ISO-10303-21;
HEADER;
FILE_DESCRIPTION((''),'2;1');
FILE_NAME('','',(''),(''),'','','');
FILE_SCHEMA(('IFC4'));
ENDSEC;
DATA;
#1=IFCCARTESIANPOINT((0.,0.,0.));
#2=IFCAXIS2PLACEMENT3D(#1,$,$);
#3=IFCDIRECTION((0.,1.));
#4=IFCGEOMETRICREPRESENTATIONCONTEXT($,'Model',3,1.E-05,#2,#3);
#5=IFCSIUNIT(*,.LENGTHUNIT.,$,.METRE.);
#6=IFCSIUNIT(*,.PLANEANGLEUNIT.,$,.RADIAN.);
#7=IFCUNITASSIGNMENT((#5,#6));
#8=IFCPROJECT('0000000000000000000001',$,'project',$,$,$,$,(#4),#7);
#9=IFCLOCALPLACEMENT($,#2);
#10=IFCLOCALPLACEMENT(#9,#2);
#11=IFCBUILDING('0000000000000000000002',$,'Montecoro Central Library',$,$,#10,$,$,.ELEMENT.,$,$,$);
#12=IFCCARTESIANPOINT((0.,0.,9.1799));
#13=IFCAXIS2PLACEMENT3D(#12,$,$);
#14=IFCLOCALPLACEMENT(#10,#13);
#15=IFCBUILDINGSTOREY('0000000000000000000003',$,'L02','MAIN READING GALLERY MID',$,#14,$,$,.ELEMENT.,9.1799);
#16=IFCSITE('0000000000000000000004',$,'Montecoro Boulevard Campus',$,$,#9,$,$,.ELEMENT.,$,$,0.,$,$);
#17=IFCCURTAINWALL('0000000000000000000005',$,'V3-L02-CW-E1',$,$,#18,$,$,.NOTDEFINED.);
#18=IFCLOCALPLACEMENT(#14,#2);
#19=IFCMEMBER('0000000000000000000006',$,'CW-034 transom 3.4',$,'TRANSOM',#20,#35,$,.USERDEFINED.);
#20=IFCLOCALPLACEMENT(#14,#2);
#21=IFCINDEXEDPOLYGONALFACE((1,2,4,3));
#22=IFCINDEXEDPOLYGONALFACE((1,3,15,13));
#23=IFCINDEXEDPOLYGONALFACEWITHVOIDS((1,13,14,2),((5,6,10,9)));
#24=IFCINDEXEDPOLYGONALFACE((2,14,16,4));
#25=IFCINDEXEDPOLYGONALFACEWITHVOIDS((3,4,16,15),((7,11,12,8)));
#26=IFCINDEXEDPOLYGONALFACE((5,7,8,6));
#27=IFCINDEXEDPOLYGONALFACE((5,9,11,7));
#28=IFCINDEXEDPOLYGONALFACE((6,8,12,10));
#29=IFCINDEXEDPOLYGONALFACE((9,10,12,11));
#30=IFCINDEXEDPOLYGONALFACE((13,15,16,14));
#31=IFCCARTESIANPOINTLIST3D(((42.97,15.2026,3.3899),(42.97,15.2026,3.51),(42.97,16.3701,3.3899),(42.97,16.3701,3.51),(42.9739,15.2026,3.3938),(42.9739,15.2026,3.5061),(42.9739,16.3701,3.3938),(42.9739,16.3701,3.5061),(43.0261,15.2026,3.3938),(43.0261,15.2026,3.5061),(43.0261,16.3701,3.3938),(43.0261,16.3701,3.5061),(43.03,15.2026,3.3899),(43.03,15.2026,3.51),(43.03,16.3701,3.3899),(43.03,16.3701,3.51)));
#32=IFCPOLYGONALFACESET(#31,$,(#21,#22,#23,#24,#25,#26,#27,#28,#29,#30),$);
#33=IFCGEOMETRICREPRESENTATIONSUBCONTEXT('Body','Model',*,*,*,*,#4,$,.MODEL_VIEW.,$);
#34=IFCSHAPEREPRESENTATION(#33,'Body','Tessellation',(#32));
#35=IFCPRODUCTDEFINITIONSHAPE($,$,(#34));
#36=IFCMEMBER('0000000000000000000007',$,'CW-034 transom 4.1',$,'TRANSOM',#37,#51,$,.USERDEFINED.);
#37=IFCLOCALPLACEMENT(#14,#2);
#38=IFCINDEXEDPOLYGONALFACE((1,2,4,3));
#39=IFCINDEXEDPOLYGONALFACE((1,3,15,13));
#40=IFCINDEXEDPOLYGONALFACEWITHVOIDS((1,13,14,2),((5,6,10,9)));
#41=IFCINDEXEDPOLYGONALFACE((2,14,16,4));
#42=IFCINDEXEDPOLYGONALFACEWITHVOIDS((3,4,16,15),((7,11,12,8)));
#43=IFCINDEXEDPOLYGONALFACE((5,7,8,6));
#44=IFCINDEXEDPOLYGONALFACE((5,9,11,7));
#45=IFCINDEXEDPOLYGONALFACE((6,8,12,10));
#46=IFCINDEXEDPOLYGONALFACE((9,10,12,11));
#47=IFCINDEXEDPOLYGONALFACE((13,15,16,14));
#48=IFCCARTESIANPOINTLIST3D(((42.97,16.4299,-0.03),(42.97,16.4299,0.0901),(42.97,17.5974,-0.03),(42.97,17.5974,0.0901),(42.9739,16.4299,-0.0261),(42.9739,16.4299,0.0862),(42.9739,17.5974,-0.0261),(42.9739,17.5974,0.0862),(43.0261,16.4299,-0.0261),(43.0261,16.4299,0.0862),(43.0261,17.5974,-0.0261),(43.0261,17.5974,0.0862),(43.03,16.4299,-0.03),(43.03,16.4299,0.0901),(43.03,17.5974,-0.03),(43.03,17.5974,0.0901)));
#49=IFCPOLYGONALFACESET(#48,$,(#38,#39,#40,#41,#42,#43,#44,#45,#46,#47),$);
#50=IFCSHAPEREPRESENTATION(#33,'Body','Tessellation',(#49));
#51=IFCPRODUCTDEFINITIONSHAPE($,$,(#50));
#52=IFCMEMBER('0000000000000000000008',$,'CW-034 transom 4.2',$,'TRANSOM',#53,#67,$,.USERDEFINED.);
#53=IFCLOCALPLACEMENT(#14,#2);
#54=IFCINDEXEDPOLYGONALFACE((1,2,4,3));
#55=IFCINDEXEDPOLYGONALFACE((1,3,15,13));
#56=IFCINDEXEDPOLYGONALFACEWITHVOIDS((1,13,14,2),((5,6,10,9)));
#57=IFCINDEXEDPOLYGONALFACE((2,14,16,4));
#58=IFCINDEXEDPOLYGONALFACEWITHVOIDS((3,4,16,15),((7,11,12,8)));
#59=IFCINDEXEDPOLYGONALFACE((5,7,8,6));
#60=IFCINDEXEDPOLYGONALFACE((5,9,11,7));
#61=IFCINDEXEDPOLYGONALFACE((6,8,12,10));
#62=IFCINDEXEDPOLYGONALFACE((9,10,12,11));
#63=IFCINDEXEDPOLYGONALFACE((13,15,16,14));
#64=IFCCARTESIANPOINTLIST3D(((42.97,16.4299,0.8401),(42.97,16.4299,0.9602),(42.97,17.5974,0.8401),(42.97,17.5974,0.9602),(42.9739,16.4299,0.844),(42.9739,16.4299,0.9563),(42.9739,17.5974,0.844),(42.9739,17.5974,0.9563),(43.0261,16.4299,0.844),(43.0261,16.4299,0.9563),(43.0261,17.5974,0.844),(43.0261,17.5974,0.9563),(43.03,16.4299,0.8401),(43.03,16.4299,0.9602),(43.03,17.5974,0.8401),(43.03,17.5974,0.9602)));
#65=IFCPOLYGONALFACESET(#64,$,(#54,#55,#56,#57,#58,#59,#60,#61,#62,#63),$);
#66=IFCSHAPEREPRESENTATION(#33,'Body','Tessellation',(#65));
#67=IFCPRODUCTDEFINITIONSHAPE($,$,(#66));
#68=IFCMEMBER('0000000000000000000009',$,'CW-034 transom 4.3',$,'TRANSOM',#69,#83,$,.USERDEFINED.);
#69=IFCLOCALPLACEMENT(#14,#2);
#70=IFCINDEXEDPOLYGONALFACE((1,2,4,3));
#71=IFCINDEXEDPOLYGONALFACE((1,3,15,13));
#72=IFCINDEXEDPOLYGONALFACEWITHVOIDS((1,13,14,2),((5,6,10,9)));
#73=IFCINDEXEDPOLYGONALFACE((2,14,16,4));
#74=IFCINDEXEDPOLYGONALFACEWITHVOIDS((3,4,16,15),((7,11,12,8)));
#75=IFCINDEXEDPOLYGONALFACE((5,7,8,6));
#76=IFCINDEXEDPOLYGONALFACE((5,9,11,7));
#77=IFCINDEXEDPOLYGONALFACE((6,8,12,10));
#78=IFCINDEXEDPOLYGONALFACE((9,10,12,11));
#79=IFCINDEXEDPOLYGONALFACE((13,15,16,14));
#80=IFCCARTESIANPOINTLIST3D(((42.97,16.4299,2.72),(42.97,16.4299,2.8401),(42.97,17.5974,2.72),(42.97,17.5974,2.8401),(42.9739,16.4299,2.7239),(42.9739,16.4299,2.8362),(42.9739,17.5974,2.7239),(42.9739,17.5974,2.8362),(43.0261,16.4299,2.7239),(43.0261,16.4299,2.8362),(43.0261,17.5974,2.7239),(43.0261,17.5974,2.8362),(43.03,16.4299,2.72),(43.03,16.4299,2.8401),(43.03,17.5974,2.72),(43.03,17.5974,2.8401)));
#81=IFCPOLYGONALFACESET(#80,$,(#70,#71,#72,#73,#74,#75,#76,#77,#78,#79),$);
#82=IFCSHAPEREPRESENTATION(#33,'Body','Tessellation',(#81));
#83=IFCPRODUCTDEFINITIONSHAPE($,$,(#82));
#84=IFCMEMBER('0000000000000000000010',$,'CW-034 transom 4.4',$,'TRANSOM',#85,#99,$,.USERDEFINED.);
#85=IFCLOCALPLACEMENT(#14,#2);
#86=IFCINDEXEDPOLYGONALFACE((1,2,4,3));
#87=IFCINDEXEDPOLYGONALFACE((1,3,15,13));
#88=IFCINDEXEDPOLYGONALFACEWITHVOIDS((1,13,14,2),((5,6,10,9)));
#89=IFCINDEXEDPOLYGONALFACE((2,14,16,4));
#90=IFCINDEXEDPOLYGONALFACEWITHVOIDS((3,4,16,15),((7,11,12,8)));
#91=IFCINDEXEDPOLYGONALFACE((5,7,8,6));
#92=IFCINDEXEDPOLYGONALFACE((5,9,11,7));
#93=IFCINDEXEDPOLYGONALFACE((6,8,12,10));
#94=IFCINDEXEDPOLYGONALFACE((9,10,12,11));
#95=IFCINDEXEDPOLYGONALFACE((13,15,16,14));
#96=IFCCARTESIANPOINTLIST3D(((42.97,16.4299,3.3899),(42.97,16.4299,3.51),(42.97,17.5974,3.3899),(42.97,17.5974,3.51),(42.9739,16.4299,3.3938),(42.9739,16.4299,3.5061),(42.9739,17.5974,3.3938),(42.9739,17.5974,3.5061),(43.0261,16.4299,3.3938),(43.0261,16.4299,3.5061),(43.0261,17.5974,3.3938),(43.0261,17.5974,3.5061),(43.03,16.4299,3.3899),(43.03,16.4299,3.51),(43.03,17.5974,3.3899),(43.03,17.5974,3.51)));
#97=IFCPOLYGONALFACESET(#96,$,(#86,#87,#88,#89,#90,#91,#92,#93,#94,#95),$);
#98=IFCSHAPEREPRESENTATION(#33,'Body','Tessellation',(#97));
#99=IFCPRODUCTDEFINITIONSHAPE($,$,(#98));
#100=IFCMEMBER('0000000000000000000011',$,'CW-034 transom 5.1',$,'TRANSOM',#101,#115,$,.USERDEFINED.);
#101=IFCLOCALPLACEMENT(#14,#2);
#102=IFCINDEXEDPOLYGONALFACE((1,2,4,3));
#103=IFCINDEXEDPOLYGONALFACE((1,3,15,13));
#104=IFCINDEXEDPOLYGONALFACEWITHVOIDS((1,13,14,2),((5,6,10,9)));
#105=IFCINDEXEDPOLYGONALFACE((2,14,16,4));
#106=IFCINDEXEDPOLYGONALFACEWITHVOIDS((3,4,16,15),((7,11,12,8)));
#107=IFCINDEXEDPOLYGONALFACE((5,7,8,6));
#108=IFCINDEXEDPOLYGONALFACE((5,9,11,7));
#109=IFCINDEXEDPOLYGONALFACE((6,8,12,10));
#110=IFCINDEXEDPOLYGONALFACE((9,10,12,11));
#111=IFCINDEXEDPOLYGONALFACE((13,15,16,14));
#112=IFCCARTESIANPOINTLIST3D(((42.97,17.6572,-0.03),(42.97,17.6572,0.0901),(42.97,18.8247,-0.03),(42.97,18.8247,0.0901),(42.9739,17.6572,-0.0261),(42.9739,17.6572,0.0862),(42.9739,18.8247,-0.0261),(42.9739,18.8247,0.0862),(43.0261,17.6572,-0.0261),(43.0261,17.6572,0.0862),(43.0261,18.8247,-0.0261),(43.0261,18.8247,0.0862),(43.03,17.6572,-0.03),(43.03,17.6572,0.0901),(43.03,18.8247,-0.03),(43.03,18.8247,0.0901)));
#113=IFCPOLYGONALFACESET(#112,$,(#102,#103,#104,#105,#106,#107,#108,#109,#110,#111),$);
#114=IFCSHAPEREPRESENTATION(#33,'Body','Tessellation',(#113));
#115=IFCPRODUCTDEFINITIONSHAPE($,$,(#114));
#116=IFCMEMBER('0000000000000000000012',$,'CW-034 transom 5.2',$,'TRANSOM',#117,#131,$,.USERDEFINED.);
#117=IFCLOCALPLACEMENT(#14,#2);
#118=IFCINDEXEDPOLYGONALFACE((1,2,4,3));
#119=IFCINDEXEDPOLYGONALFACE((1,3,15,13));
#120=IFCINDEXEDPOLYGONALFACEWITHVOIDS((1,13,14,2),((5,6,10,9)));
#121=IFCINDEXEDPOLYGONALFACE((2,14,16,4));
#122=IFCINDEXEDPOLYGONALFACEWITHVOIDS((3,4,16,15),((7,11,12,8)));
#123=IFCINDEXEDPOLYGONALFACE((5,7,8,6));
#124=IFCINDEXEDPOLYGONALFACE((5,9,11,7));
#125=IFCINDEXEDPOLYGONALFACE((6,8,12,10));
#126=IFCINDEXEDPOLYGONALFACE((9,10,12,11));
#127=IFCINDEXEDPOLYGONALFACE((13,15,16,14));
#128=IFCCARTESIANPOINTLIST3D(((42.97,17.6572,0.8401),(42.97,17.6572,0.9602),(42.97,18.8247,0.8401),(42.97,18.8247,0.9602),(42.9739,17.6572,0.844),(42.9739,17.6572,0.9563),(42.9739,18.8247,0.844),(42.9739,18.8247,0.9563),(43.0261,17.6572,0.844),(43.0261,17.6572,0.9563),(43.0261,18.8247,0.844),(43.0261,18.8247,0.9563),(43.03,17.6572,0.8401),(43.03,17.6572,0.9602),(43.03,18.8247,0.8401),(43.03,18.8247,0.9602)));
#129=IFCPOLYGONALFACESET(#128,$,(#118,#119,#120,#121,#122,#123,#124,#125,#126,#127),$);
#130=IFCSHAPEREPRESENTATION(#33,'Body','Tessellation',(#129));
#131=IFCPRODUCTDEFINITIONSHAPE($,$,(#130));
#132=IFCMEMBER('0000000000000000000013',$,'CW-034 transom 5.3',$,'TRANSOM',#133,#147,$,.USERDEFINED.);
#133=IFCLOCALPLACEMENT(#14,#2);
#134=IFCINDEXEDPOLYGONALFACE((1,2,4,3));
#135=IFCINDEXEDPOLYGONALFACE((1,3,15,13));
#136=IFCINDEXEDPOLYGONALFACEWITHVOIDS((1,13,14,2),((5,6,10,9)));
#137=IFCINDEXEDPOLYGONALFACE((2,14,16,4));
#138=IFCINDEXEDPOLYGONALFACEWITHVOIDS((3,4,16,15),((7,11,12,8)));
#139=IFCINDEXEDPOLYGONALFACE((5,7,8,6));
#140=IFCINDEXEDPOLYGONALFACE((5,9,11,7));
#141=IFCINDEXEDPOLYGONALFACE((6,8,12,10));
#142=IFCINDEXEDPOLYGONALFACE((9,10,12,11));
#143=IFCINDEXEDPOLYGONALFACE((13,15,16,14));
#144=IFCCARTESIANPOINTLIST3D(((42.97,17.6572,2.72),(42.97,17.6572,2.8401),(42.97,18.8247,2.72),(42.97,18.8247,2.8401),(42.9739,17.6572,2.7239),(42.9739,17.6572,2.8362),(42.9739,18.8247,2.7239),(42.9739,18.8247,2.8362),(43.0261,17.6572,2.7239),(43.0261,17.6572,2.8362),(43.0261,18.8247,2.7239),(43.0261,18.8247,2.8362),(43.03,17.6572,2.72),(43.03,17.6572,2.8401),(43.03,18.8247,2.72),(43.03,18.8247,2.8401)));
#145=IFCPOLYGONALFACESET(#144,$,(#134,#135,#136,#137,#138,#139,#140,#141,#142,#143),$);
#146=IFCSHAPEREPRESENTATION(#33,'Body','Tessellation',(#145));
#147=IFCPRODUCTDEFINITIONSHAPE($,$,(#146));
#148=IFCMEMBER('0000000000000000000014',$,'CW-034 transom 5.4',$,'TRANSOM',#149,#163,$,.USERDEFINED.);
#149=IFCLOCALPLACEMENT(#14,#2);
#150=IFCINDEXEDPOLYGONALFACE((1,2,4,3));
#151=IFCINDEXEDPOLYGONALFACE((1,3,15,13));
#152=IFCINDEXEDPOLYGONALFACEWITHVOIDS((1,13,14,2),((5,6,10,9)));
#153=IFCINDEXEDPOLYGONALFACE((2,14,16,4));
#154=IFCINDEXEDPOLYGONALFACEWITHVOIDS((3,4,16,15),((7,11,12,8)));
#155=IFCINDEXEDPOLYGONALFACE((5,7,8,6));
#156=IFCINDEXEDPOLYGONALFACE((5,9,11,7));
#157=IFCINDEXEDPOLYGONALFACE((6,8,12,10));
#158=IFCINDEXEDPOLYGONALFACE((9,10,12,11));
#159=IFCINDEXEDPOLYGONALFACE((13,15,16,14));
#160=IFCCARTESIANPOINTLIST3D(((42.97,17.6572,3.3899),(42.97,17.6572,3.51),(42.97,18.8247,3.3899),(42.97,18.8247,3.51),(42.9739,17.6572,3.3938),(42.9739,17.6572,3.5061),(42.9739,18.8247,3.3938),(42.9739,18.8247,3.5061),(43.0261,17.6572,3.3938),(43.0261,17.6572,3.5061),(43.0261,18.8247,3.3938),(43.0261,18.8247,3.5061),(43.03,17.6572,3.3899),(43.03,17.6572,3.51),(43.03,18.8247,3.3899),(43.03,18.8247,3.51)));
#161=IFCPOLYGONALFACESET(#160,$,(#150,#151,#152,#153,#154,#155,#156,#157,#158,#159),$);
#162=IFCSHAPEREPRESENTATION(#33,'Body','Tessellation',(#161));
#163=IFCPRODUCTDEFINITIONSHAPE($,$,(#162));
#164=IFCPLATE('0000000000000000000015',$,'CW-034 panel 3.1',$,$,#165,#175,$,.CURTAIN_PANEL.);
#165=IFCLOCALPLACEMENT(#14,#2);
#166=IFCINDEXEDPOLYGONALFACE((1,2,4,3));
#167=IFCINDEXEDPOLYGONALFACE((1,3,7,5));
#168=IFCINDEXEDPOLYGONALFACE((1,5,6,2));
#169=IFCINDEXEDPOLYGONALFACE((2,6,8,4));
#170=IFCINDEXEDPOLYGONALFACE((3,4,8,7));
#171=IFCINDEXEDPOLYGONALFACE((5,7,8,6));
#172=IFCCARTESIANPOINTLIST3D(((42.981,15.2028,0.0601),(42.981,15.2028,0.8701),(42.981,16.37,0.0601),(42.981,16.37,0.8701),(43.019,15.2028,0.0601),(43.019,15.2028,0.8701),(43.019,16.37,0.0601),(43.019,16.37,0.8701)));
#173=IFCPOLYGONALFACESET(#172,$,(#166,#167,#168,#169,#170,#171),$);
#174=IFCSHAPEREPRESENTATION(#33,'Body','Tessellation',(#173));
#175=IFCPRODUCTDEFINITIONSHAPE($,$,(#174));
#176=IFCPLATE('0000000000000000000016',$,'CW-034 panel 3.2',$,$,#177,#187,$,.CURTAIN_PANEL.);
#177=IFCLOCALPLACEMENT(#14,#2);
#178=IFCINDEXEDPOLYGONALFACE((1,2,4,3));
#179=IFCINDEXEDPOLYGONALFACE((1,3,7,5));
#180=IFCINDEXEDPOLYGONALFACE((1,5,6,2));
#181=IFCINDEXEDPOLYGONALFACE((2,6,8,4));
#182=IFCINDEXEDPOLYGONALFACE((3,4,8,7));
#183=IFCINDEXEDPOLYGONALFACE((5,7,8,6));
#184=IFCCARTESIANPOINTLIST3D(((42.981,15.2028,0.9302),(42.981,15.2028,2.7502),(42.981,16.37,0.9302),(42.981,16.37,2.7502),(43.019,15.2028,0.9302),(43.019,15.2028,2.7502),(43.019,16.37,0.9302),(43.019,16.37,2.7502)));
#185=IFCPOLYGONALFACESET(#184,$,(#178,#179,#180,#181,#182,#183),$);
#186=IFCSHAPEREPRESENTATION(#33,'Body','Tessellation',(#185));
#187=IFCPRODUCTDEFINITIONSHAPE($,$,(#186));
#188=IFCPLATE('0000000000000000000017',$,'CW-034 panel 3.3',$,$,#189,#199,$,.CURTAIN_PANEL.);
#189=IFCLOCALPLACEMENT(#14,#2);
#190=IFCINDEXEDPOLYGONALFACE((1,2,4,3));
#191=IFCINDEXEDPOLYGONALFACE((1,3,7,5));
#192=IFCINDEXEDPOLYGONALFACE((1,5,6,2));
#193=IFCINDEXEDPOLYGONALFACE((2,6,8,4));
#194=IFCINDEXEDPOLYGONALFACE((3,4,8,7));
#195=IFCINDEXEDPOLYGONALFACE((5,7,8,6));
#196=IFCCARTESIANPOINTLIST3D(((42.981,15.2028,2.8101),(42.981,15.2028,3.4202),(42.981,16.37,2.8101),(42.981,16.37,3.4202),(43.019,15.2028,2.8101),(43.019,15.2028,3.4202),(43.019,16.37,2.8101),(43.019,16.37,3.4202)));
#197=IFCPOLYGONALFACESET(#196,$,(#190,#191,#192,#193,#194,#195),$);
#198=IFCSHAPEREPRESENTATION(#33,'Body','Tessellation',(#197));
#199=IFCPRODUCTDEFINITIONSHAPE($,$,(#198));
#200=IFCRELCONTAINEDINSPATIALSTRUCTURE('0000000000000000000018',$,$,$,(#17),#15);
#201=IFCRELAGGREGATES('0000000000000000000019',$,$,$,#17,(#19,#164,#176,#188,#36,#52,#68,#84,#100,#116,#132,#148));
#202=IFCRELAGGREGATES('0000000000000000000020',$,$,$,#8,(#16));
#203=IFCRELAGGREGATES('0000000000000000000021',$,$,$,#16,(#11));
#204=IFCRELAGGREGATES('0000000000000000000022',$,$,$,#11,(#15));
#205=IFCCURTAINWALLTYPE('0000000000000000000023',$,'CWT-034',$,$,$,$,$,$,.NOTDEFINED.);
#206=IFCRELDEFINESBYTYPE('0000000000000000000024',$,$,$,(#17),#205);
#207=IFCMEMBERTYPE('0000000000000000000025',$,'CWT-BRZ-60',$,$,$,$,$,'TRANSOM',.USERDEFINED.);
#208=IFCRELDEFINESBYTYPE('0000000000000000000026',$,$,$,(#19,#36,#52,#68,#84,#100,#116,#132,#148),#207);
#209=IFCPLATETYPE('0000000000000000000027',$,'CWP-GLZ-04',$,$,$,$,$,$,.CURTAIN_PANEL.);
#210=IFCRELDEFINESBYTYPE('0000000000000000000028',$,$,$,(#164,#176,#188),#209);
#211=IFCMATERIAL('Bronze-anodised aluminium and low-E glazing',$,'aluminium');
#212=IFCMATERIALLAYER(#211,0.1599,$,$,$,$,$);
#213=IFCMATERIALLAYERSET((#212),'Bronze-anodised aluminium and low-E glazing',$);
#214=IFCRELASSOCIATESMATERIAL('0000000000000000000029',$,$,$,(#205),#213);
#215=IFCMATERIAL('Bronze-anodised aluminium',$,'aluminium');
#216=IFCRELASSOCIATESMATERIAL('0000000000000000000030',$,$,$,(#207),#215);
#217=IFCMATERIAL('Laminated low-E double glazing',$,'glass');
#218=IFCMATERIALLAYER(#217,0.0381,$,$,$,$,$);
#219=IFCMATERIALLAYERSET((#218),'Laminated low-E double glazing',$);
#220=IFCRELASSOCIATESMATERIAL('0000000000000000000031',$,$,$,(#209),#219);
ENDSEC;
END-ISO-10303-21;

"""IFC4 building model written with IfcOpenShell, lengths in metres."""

from ifc_helpers import new_model, si_unit, direction, frame, origin, origin_2d, place, context, subcontext, project, spatial, rectangle, hollow_rectangle, extrude, material, layer, layer_set, material_profile, profile_set, type_object, element, aggregate, save


model = new_model("IFC4")

# Units and contexts
model_context = context("Model", 3, precision=1e-05, world=origin(), true_north=direction((0.0, 1.0)))
body_context = subcontext(model_context, "Body", "Model", "MODEL_VIEW")
ifc_project = project(units=[si_unit("LENGTHUNIT", "METRE"), si_unit("PLANEANGLEUNIT", "RADIAN")], contexts=[model_context])

# Site, building, storey
site_placement = place(None, origin())
site = spatial("IfcSite", under=ifc_project, at=site_placement, Name="Montecoro Boulevard Campus", CompositionType="ELEMENT", RefElevation=0.0)
building_placement = place(site_placement, origin())
building = spatial("IfcBuilding", under=site, at=building_placement, Name="Montecoro Central Library", CompositionType="ELEMENT")
storey_placement = place(building_placement, frame((0.0, 0.0, 9.1799)))
storey = spatial("IfcBuildingStorey", under=building, at=storey_placement, Name="L02", Description="MAIN READING GALLERY MID", CompositionType="ELEMENT", Elevation=9.1799)

# Curtain wall, members, plates
ifc_material_1 = material(Name="Bronze-anodised aluminium and low-E glazing", Category="aluminium")
ifc_layer_1 = layer(ifc_material_1, 0.1599)
ifc_layer_set_1 = layer_set([ifc_layer_1], Name="Bronze-anodised aluminium and low-E glazing")
curtain_wall_type = type_object("IfcCurtainWallType", Name="CWT-034", PredefinedType="NOTDEFINED", material=ifc_layer_set_1)
curtain_wall_placement = place(storey_placement, origin())
curtain_wall = element("IfcCurtainWall", 1, at=curtain_wall_placement, inside=storey, type_object=curtain_wall_type, Name="V3-L02-CW-E1", PredefinedType="NOTDEFINED")
ifc_material_2 = material(Name="Bronze-anodised aluminium", Category="aluminium")
ifc_material_profile_1 = material_profile(ifc_material_2, hollow_rectangle(XDim=0.0601, YDim=0.1201, WallThickness=0.0039, at=origin_2d()), Name="CWT 120x60x4.0")
ifc_profile_set_1 = profile_set([ifc_material_profile_1], Name="Bronze-anodised aluminium")
member_type_1 = type_object("IfcMemberType", Name="CWT-BRZ-60", ElementType="TRANSOM", PredefinedType="USERDEFINED", material=ifc_profile_set_1)
member_1_placement = place(storey_placement, frame((43.0, 15.2026, 3.45), z_axis=(0.0, 1.0, 0.0), x_axis=(-1.0, 0.0, 0.0)))
member_1 = element("IfcMember", 2, at=member_1_placement, type_object=member_type_1, Name="CW-034 transom 3.4", ObjectType="TRANSOM", PredefinedType="USERDEFINED", context=body_context, shape_type="SweptSolid", body=[
    extrude(hollow_rectangle(XDim=0.0601, YDim=0.1201, WallThickness=0.0039, at=origin_2d()), origin(), (0.0, 0.0, 1.0), 1.1675),
])
member_2_placement = place(storey_placement, frame((43.0, 16.4299, 0.03), z_axis=(0.0, 1.0, 0.0), x_axis=(-1.0, 0.0, 0.0)))
member_2 = element("IfcMember", 3, at=member_2_placement, type_object=member_type_1, Name="CW-034 transom 4.1", ObjectType="TRANSOM", PredefinedType="USERDEFINED", context=body_context, shape_type="SweptSolid", body=[
    extrude(hollow_rectangle(XDim=0.0601, YDim=0.1201, WallThickness=0.0039, at=origin_2d()), origin(), (0.0, 0.0, 1.0), 1.1675),
])
member_3_placement = place(storey_placement, frame((43.0, 16.4299, 0.9001), z_axis=(0.0, 1.0, 0.0), x_axis=(-1.0, 0.0, 0.0)))
member_3 = element("IfcMember", 4, at=member_3_placement, type_object=member_type_1, Name="CW-034 transom 4.2", ObjectType="TRANSOM", PredefinedType="USERDEFINED", context=body_context, shape_type="SweptSolid", body=[
    extrude(hollow_rectangle(XDim=0.0601, YDim=0.1201, WallThickness=0.0039, at=origin_2d()), origin(), (0.0, 0.0, 1.0), 1.1675),
])
member_4_placement = place(storey_placement, frame((43.0, 16.4299, 2.78), z_axis=(0.0, 1.0, 0.0), x_axis=(-1.0, 0.0, 0.0)))
member_4 = element("IfcMember", 5, at=member_4_placement, type_object=member_type_1, Name="CW-034 transom 4.3", ObjectType="TRANSOM", PredefinedType="USERDEFINED", context=body_context, shape_type="SweptSolid", body=[
    extrude(hollow_rectangle(XDim=0.0601, YDim=0.1201, WallThickness=0.0039, at=origin_2d()), origin(), (0.0, 0.0, 1.0), 1.1675),
])
member_5_placement = place(storey_placement, frame((43.0, 16.4299, 3.45), z_axis=(0.0, 1.0, 0.0), x_axis=(-1.0, 0.0, 0.0)))
member_5 = element("IfcMember", 6, at=member_5_placement, type_object=member_type_1, Name="CW-034 transom 4.4", ObjectType="TRANSOM", PredefinedType="USERDEFINED", context=body_context, shape_type="SweptSolid", body=[
    extrude(hollow_rectangle(XDim=0.0601, YDim=0.1201, WallThickness=0.0039, at=origin_2d()), origin(), (0.0, 0.0, 1.0), 1.1675),
])
member_6_placement = place(storey_placement, frame((43.0, 17.6572, 0.03), z_axis=(0.0, 1.0, 0.0), x_axis=(-1.0, 0.0, 0.0)))
member_6 = element("IfcMember", 7, at=member_6_placement, type_object=member_type_1, Name="CW-034 transom 5.1", ObjectType="TRANSOM", PredefinedType="USERDEFINED", context=body_context, shape_type="SweptSolid", body=[
    extrude(hollow_rectangle(XDim=0.0601, YDim=0.1201, WallThickness=0.0039, at=origin_2d()), origin(), (0.0, 0.0, 1.0), 1.1675),
])
member_7_placement = place(storey_placement, frame((43.0, 17.6572, 0.9001), z_axis=(0.0, 1.0, 0.0), x_axis=(-1.0, 0.0, 0.0)))
member_7 = element("IfcMember", 8, at=member_7_placement, type_object=member_type_1, Name="CW-034 transom 5.2", ObjectType="TRANSOM", PredefinedType="USERDEFINED", context=body_context, shape_type="SweptSolid", body=[
    extrude(hollow_rectangle(XDim=0.0601, YDim=0.1201, WallThickness=0.0039, at=origin_2d()), origin(), (0.0, 0.0, 1.0), 1.1675),
])
member_8_placement = place(storey_placement, frame((43.0, 17.6572, 2.78), z_axis=(0.0, 1.0, 0.0), x_axis=(-1.0, 0.0, 0.0)))
member_8 = element("IfcMember", 9, at=member_8_placement, type_object=member_type_1, Name="CW-034 transom 5.3", ObjectType="TRANSOM", PredefinedType="USERDEFINED", context=body_context, shape_type="SweptSolid", body=[
    extrude(hollow_rectangle(XDim=0.0601, YDim=0.1201, WallThickness=0.0039, at=origin_2d()), origin(), (0.0, 0.0, 1.0), 1.1675),
])
member_9_placement = place(storey_placement, frame((43.0, 17.6572, 3.45), z_axis=(0.0, 1.0, 0.0), x_axis=(-1.0, 0.0, 0.0)))
member_9 = element("IfcMember", 10, at=member_9_placement, type_object=member_type_1, Name="CW-034 transom 5.4", ObjectType="TRANSOM", PredefinedType="USERDEFINED", context=body_context, shape_type="SweptSolid", body=[
    extrude(hollow_rectangle(XDim=0.0601, YDim=0.1201, WallThickness=0.0039, at=origin_2d()), origin(), (0.0, 0.0, 1.0), 1.1675),
])
ifc_material_3 = material(Name="Laminated low-E double glazing", Category="glass")
ifc_layer_2 = layer(ifc_material_3, 0.0381)
ifc_layer_set_2 = layer_set([ifc_layer_2], Name="Laminated low-E double glazing")
plate_type = type_object("IfcPlateType", Name="CWP-GLZ-04", PredefinedType="CURTAIN_PANEL", material=ifc_layer_set_2)
plate_1_placement = place(storey_placement, frame((43.0, 15.7864, 0.0601), z_axis=(0.0, 0.0, 1.0), x_axis=(0.0, 1.0, 0.0)))
plate_1 = element("IfcPlate", 11, at=plate_1_placement, type_object=plate_type, Name="CW-034 panel 3.1", PredefinedType="CURTAIN_PANEL", context=body_context, shape_type="SweptSolid", body=[
    extrude(rectangle(XDim=1.1672, YDim=0.0381, at=origin_2d()), origin(), (0.0, 0.0, 1.0), 0.8101),
])
plate_2_placement = place(storey_placement, frame((43.0, 15.7864, 0.9302), z_axis=(0.0, 0.0, 1.0), x_axis=(0.0, 1.0, 0.0)))
plate_2 = element("IfcPlate", 12, at=plate_2_placement, type_object=plate_type, Name="CW-034 panel 3.2", PredefinedType="CURTAIN_PANEL", context=body_context, shape_type="SweptSolid", body=[
    extrude(rectangle(XDim=1.1672, YDim=0.0381, at=origin_2d()), origin(), (0.0, 0.0, 1.0), 1.8201),
])
plate_3_placement = place(storey_placement, frame((43.0, 15.7864, 2.8101), z_axis=(0.0, 0.0, 1.0), x_axis=(0.0, 1.0, 0.0)))
plate_3 = element("IfcPlate", 13, at=plate_3_placement, type_object=plate_type, Name="CW-034 panel 3.3", PredefinedType="CURTAIN_PANEL", context=body_context, shape_type="SweptSolid", body=[
    extrude(rectangle(XDim=1.1672, YDim=0.0381, at=origin_2d()), origin(), (0.0, 0.0, 1.0), 0.6101),
])
aggregate(curtain_wall, [member_1, plate_1, plate_2, plate_3, member_2, member_3, member_4, member_5, member_6, member_7, member_8, member_9])

save(model, "model.ifc")
